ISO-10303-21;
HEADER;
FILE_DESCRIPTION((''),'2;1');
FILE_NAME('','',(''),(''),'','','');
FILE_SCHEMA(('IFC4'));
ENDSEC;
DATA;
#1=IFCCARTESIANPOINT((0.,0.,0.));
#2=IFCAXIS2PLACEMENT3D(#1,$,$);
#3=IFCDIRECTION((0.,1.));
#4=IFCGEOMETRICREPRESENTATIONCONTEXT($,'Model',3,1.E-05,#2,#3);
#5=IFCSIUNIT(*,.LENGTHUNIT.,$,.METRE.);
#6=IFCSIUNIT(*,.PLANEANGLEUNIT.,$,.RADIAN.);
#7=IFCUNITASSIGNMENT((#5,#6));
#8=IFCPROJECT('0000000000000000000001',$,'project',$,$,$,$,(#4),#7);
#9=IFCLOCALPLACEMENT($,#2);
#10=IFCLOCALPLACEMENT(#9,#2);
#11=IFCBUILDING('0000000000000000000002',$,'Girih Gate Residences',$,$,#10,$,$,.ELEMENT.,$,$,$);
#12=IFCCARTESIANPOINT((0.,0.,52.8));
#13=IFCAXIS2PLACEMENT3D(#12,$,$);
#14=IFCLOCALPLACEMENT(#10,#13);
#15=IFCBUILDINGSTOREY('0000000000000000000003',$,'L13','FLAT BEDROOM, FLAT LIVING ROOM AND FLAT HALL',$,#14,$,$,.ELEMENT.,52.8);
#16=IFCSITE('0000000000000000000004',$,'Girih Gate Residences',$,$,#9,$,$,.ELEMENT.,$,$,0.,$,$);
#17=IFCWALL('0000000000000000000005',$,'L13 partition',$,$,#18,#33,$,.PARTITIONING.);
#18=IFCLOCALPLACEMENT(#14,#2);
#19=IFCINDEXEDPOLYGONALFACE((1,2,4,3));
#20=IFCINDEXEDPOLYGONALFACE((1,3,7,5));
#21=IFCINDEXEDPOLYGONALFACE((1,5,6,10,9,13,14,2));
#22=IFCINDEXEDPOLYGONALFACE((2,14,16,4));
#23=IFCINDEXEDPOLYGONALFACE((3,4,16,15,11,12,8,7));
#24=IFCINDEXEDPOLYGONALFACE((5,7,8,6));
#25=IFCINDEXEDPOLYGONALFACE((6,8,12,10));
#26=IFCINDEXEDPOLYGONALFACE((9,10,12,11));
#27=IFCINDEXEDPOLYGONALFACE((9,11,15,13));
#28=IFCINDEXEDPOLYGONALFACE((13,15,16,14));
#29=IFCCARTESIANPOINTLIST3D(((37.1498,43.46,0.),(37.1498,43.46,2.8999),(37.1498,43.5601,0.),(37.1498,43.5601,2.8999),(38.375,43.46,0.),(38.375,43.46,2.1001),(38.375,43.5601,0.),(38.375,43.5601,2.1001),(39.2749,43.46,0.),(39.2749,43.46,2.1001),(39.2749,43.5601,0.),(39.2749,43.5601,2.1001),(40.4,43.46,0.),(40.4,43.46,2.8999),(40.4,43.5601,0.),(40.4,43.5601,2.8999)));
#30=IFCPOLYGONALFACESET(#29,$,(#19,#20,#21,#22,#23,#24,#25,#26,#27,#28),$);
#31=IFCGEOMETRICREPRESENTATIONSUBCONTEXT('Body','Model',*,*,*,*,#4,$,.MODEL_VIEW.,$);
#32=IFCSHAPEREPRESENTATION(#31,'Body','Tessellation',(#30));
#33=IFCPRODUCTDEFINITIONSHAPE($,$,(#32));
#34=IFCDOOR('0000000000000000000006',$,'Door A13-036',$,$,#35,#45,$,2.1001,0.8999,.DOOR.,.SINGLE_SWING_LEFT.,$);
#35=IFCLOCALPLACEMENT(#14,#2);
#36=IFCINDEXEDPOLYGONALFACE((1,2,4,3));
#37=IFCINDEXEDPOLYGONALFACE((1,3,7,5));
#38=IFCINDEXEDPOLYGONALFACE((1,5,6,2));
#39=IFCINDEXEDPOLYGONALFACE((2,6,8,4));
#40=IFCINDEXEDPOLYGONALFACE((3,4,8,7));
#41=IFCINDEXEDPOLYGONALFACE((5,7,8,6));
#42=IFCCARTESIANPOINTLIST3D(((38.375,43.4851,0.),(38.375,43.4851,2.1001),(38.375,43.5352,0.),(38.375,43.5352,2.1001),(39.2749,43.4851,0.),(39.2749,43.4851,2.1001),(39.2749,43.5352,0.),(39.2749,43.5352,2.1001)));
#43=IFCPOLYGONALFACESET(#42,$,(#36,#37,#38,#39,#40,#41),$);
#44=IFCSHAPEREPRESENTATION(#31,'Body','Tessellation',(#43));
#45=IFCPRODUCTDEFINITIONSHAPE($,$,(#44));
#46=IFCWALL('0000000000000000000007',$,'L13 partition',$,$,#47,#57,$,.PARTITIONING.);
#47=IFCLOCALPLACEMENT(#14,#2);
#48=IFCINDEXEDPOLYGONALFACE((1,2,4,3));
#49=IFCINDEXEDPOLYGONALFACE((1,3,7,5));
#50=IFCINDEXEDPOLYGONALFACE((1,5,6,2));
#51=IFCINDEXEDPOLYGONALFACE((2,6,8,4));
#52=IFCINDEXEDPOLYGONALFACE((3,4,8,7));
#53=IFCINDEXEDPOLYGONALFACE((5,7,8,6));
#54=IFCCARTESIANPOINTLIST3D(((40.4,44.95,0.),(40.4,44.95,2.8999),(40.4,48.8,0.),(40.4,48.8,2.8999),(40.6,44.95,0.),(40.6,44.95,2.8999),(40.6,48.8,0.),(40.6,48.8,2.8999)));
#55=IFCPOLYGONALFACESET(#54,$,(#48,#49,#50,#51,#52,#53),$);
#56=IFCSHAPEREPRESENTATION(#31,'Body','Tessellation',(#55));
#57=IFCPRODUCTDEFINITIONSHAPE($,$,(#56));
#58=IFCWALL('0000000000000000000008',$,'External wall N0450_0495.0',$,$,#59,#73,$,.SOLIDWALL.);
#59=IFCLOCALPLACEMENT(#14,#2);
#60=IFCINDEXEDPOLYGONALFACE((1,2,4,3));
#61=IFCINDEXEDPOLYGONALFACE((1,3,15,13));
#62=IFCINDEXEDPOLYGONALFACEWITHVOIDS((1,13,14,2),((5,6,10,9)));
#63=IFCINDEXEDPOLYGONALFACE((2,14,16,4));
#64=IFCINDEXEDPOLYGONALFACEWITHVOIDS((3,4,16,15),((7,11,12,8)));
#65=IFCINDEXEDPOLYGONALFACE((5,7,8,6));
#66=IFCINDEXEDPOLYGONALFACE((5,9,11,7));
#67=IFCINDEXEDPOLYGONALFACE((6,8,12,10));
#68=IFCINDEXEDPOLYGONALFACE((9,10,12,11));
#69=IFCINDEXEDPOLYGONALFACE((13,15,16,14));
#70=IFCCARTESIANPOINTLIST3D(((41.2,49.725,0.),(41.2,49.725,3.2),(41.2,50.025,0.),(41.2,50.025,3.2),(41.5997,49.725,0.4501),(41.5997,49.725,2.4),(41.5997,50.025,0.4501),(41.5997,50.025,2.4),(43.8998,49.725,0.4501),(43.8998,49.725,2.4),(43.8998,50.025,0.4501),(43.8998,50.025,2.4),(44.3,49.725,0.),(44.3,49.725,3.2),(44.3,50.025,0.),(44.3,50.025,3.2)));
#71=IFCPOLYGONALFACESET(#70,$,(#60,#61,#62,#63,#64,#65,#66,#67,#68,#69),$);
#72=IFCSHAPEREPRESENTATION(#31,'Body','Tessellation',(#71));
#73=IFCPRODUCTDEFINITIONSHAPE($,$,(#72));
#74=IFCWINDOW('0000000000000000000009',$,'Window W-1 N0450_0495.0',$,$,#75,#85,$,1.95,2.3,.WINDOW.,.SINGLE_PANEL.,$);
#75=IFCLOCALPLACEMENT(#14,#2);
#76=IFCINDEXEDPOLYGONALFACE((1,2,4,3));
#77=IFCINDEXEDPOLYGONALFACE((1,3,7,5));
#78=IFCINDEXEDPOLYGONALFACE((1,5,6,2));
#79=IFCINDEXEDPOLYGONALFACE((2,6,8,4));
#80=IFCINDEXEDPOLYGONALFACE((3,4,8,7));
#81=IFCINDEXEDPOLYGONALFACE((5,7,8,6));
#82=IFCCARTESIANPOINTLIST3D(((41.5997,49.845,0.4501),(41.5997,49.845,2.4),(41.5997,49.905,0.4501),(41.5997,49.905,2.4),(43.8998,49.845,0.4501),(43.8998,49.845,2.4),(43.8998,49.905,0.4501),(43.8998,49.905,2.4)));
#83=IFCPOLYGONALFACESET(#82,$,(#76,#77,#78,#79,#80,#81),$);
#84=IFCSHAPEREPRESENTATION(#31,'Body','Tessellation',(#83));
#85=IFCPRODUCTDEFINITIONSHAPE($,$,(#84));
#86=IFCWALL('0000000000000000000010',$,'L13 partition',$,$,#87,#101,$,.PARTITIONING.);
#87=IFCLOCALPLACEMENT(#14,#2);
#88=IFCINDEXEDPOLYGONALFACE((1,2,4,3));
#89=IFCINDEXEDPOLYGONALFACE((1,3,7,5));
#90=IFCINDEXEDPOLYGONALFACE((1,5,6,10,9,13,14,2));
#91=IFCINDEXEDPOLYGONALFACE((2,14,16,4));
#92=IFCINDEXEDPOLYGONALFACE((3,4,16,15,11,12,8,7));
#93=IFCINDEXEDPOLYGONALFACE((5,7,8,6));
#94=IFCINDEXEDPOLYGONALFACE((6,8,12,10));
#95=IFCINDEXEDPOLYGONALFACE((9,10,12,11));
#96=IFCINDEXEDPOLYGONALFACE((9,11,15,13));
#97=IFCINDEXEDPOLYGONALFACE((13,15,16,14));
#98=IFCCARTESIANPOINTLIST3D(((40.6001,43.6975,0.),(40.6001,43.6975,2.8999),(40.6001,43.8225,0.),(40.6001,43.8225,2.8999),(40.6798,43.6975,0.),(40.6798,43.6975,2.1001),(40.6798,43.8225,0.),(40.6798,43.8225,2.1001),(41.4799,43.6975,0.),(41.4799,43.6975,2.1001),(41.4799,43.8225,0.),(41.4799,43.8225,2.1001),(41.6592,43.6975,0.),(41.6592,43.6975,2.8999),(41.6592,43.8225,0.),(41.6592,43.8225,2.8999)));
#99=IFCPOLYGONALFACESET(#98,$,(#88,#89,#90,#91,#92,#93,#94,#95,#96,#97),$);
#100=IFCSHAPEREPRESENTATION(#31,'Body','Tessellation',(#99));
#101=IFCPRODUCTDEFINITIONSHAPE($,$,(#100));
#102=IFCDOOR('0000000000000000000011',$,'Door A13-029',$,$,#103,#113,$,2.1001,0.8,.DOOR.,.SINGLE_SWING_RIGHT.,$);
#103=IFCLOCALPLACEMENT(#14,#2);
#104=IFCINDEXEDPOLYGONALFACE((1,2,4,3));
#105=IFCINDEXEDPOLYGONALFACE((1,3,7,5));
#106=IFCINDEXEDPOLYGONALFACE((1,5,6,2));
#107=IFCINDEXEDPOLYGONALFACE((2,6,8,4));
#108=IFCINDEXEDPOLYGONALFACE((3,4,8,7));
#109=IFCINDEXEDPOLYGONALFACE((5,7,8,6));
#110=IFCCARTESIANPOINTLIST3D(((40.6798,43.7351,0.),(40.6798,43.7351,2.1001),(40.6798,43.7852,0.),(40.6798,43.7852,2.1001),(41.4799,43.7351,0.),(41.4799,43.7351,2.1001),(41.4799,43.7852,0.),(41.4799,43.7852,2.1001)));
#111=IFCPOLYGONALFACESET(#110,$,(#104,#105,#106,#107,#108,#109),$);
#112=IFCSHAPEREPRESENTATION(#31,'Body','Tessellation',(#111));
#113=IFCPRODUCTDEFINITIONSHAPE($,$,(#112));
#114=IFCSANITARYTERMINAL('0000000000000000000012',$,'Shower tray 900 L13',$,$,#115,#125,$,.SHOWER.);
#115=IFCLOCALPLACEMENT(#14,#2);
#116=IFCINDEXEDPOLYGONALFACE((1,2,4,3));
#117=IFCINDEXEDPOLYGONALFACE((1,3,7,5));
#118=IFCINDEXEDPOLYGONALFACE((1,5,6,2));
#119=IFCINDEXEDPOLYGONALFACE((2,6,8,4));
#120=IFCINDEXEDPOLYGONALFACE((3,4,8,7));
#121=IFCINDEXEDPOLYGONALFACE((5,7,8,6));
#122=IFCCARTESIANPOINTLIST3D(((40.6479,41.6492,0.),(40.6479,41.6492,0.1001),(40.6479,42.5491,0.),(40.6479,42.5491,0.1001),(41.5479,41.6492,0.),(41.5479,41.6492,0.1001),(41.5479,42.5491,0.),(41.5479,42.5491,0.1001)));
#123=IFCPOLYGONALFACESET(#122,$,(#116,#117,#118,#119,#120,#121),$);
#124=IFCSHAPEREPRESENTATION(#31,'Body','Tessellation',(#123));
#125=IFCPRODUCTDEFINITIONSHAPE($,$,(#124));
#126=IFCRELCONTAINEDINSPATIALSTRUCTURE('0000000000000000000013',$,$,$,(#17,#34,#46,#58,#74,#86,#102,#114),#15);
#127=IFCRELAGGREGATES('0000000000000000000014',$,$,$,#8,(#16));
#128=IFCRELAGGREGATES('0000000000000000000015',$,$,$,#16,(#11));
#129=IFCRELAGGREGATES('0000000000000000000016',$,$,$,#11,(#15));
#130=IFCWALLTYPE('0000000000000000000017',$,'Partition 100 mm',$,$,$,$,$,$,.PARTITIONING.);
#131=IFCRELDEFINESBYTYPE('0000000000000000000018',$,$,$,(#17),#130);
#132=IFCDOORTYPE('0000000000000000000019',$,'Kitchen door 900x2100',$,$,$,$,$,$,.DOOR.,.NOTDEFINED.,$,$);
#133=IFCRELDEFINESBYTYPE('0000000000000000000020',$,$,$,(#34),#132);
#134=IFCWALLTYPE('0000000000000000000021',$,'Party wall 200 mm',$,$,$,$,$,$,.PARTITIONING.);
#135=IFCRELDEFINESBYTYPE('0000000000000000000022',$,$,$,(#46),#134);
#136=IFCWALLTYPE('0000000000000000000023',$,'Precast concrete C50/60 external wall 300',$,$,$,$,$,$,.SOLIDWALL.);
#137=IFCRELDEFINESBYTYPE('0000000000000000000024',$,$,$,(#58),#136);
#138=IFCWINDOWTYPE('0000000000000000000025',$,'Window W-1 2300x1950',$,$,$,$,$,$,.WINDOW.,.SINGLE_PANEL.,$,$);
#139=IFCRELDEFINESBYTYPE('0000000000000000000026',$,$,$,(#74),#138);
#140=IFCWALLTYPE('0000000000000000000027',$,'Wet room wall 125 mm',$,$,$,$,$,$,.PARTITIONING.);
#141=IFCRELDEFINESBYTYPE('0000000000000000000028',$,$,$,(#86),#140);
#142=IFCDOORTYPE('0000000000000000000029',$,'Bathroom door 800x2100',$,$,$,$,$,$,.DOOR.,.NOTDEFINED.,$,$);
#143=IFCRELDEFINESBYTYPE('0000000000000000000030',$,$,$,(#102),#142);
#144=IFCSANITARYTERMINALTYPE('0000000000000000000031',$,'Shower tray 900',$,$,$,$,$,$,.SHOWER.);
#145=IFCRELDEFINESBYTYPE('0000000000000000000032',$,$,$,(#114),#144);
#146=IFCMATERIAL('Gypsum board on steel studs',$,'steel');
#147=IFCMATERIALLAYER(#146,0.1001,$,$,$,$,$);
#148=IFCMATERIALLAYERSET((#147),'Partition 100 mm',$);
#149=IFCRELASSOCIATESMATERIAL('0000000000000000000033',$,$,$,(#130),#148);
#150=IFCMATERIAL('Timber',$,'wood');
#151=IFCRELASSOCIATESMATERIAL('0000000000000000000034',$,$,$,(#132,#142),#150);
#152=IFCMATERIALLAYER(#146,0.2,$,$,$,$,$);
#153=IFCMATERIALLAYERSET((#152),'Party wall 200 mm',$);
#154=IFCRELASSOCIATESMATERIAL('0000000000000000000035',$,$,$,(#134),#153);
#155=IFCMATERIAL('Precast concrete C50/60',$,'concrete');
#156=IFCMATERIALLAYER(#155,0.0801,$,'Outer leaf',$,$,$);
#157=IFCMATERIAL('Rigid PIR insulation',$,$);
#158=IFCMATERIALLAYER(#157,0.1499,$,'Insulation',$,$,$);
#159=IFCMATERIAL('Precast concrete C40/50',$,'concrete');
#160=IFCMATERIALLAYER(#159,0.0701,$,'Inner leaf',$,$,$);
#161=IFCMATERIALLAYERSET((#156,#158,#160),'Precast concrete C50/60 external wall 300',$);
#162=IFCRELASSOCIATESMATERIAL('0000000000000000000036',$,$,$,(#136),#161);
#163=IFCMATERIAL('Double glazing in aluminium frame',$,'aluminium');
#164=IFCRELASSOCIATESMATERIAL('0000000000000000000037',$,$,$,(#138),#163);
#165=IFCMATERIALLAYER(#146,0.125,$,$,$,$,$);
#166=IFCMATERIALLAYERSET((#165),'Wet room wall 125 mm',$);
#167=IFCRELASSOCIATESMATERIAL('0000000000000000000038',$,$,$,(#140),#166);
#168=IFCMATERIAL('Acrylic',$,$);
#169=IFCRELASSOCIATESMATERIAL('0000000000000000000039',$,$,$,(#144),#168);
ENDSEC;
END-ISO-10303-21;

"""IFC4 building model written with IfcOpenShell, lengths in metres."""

from ifc_helpers import new_model, si_unit, direction, frame, frame_2d, origin, origin_2d, place, context, subcontext, project, spatial, rectangle, extrude, material, layer, layer_set, type_object, element, fill, save


model = new_model("IFC4")

# Units and contexts
model_context = context("Model", 3, precision=1e-05, world=origin(), true_north=direction((0.0, 1.0)))
body_context = subcontext(model_context, "Body", "Model", "MODEL_VIEW")
ifc_project = project(units=[si_unit("LENGTHUNIT", "METRE"), si_unit("PLANEANGLEUNIT", "RADIAN")], contexts=[model_context])

# Site, building, storey
site_placement = place(None, origin())
site = spatial("IfcSite", under=ifc_project, at=site_placement, Name="Girih Gate Residences", CompositionType="ELEMENT", RefElevation=0.0)
building_placement = place(site_placement, origin())
building = spatial("IfcBuilding", under=site, at=building_placement, Name="Girih Gate Residences", CompositionType="ELEMENT")
storey_placement = place(building_placement, frame((0.0, 0.0, 52.8)))
storey = spatial("IfcBuildingStorey", under=building, at=storey_placement, Name="L13", Description="FLAT BEDROOM, FLAT LIVING ROOM AND FLAT HALL", CompositionType="ELEMENT", Elevation=52.8)

# Wall, opening, door
ifc_material_1 = material(Name="Gypsum board on steel studs", Category="steel")
ifc_layer_1 = layer(ifc_material_1, 0.1001)
ifc_layer_set_1 = layer_set([ifc_layer_1], Name="Partition 100 mm")
wall_type_1 = type_object("IfcWallType", Name="Partition 100 mm", PredefinedType="PARTITIONING", material=ifc_layer_set_1)
ifc_material_2 = material(Name="Timber", Category="wood")
door_type_1 = type_object("IfcDoorType", Name="Kitchen door 900x2100", OperationType="NOTDEFINED", PredefinedType="DOOR", material=ifc_material_2)
wall_1_placement = place(storey_placement, frame((40.3999, 43.51, 0.0), z_axis=(0.0, 0.0, 1.0), x_axis=(-1.0, 0.0, 0.0)))
wall_1 = element("IfcWall", 1, at=wall_1_placement, inside=storey, type_object=wall_type_1, Name="L13 partition", PredefinedType="PARTITIONING", context=body_context, shape_type="SweptSolid", body=[
    extrude(rectangle(XDim=3.2502, YDim=0.1001, at=frame_2d((1.625, 0.0))), origin(), (0.0, 0.0, 1.0), 2.8999),
])
opening_1_placement = place(wall_1_placement, frame((1.125, 0.0, 0.0)))
opening_1 = element("IfcOpeningElement", 2, at=opening_1_placement, cuts=wall_1, PredefinedType="OPENING", context=body_context, shape_type="SweptSolid", body=[
    extrude(rectangle(XDim=0.8999, YDim=2.1001, at=frame_2d((0.45, 1.05))), frame((0.0, 0.0601, 0.0), z_axis=(0.0, -1.0, 0.0), x_axis=(1.0, 0.0, 0.0)), (0.0, 0.0, 1.0), 0.1201),
])
door_1_placement = place(opening_1_placement, origin())
door_1 = element("IfcDoor", 3, at=door_1_placement, inside=storey, type_object=door_type_1, Name="Door A13-036", OperationType="SINGLE_SWING_LEFT", OverallHeight=2.1001, OverallWidth=0.8999, PredefinedType="DOOR", context=body_context, shape_type="SweptSolid", body=[
    extrude(rectangle(XDim=0.8999, YDim=2.1001, at=frame_2d((0.45, 1.05))), frame((0.0, 0.0249, 0.0), z_axis=(0.0, -1.0, 0.0), x_axis=(1.0, 0.0, 0.0)), (0.0, 0.0, 1.0), 0.05),
])
fill(opening_1, door_1)

# Wall
ifc_layer_2 = layer(ifc_material_1, 0.2)
ifc_layer_set_2 = layer_set([ifc_layer_2], Name="Party wall 200 mm")
wall_type_2 = type_object("IfcWallType", Name="Party wall 200 mm", PredefinedType="PARTITIONING", material=ifc_layer_set_2)
wall_2_placement = place(storey_placement, frame((40.5, 44.95, 0.0), z_axis=(0.0, 0.0, 1.0), x_axis=(0.0, 1.0, 0.0)))
element("IfcWall", 4, at=wall_2_placement, inside=storey, type_object=wall_type_2, Name="L13 partition", PredefinedType="PARTITIONING", context=body_context, shape_type="SweptSolid", body=[
    extrude(rectangle(XDim=3.8501, YDim=0.2, at=frame_2d((1.925, 0.0))), origin(), (0.0, 0.0, 1.0), 2.8999),
])

# Wall, opening, window
ifc_material_3 = material(Name="Precast concrete C50/60", Category="concrete")
ifc_layer_3 = layer(ifc_material_3, 0.0801, Name="Outer leaf")
ifc_material_4 = material(Name="Rigid PIR insulation")
ifc_layer_4 = layer(ifc_material_4, 0.1499, Name="Insulation")
ifc_material_5 = material(Name="Precast concrete C40/50", Category="concrete")
ifc_layer_5 = layer(ifc_material_5, 0.0701, Name="Inner leaf")
ifc_layer_set_3 = layer_set([ifc_layer_3, ifc_layer_4, ifc_layer_5], Name="Precast concrete C50/60 external wall 300")
wall_type_3 = type_object("IfcWallType", Name="Precast concrete C50/60 external wall 300", PredefinedType="SOLIDWALL", material=ifc_layer_set_3)
wall_3_placement = place(storey_placement, frame((41.2, 49.875, 0.0), z_axis=(0.0, 0.0, 1.0), x_axis=(1.0, 0.0, 0.0)))
wall_3 = element("IfcWall", 5, at=wall_3_placement, inside=storey, type_object=wall_type_3, Name="External wall N0450_0495.0", PredefinedType="SOLIDWALL", context=body_context, shape_type="SweptSolid", body=[
    extrude(rectangle(XDim=3.1001, YDim=0.3, at=frame_2d((1.55, 0.0))), origin(), (0.0, 0.0, 1.0), 3.2),
])
opening_2_placement = place(wall_3_placement, frame((0.3999, 0.0, 0.45)))
opening_2 = element("IfcOpeningElement", 6, at=opening_2_placement, cuts=wall_3, PredefinedType="OPENING", context=body_context, shape_type="SweptSolid", body=[
    extrude(rectangle(XDim=2.3, YDim=1.95, at=frame_2d((1.1499, 0.9751))), frame((0.0, 0.1599, 0.0), z_axis=(0.0, -1.0, 0.0), x_axis=(1.0, 0.0, 0.0)), (0.0, 0.0, 1.0), 0.3201),
])
ifc_material_6 = material(Name="Double glazing in aluminium frame", Category="aluminium")
window_type = type_object("IfcWindowType", Name="Window W-1 2300x1950", PartitioningType="SINGLE_PANEL", PredefinedType="WINDOW", material=ifc_material_6)
window_placement = place(opening_2_placement, origin())
window = element("IfcWindow", 7, at=window_placement, inside=storey, type_object=window_type, Name="Window W-1 N0450_0495.0", OverallHeight=1.95, OverallWidth=2.3, PartitioningType="SINGLE_PANEL", PredefinedType="WINDOW", context=body_context, shape_type="SweptSolid", body=[
    extrude(rectangle(XDim=2.3, YDim=1.95, at=frame_2d((1.1499, 0.9751))), frame((0.0, 0.03, 0.0), z_axis=(0.0, -1.0, 0.0), x_axis=(1.0, 0.0, 0.0)), (0.0, 0.0, 1.0), 0.0601),
])
fill(opening_2, window)

# Wall, opening, door
ifc_layer_6 = layer(ifc_material_1, 0.125)
ifc_layer_set_4 = layer_set([ifc_layer_6], Name="Wet room wall 125 mm")
wall_type_4 = type_object("IfcWallType", Name="Wet room wall 125 mm", PredefinedType="PARTITIONING", material=ifc_layer_set_4)
wall_4_placement = place(storey_placement, frame((41.6592, 43.76, 0.0), z_axis=(0.0, 0.0, 1.0), x_axis=(-1.0, 0.0, 0.0)))
wall_4 = element("IfcWall", 8, at=wall_4_placement, inside=storey, type_object=wall_type_4, Name="L13 partition", PredefinedType="PARTITIONING", context=body_context, shape_type="SweptSolid", body=[
    extrude(rectangle(XDim=1.0591, YDim=0.125, at=frame_2d((0.5295, 0.0))), origin(), (0.0, 0.0, 1.0), 2.8999),
])
opening_3_placement = place(wall_4_placement, frame((0.1794, 0.0, 0.0)))
opening_3 = element("IfcOpeningElement", 9, at=opening_3_placement, cuts=wall_4, PredefinedType="OPENING", context=body_context, shape_type="SweptSolid", body=[
    extrude(rectangle(XDim=0.8, YDim=2.1001, at=frame_2d((0.3999, 1.05))), frame((0.0, 0.0725, 0.0), z_axis=(0.0, -1.0, 0.0), x_axis=(1.0, 0.0, 0.0)), (0.0, 0.0, 1.0), 0.145),
])
door_type_2 = type_object("IfcDoorType", Name="Bathroom door 800x2100", OperationType="NOTDEFINED", PredefinedType="DOOR", material=ifc_material_2)
door_2_placement = place(opening_3_placement, origin())
door_2 = element("IfcDoor", 10, at=door_2_placement, inside=storey, type_object=door_type_2, Name="Door A13-029", OperationType="SINGLE_SWING_RIGHT", OverallHeight=2.1001, OverallWidth=0.8, PredefinedType="DOOR", context=body_context, shape_type="SweptSolid", body=[
    extrude(rectangle(XDim=0.8, YDim=2.1001, at=frame_2d((0.3999, 1.05))), frame((0.0, 0.0249, 0.0), z_axis=(0.0, -1.0, 0.0), x_axis=(1.0, 0.0, 0.0)), (0.0, 0.0, 1.0), 0.05),
])
fill(opening_3, door_2)

# Sanitary terminal
ifc_material_7 = material(Name="Acrylic")
sanitary_terminal_type = type_object("IfcSanitaryTerminalType", Name="Shower tray 900", PredefinedType="SHOWER", material=ifc_material_7)
sanitary_terminal_placement = place(storey_placement, frame((41.0979, 42.0991, 0.0), z_axis=(0.0, 0.0, 1.0), x_axis=(1.0, 0.0, 0.0)))
element("IfcSanitaryTerminal", 11, at=sanitary_terminal_placement, inside=storey, type_object=sanitary_terminal_type, Name="Shower tray 900 L13", PredefinedType="SHOWER", context=body_context, shape_type="SweptSolid", body=[
    extrude(rectangle(XDim=0.8999, YDim=0.8999, at=origin_2d()), origin(), (0.0, 0.0, 1.0), 0.1001),
])

save(model, "model.ifc")
